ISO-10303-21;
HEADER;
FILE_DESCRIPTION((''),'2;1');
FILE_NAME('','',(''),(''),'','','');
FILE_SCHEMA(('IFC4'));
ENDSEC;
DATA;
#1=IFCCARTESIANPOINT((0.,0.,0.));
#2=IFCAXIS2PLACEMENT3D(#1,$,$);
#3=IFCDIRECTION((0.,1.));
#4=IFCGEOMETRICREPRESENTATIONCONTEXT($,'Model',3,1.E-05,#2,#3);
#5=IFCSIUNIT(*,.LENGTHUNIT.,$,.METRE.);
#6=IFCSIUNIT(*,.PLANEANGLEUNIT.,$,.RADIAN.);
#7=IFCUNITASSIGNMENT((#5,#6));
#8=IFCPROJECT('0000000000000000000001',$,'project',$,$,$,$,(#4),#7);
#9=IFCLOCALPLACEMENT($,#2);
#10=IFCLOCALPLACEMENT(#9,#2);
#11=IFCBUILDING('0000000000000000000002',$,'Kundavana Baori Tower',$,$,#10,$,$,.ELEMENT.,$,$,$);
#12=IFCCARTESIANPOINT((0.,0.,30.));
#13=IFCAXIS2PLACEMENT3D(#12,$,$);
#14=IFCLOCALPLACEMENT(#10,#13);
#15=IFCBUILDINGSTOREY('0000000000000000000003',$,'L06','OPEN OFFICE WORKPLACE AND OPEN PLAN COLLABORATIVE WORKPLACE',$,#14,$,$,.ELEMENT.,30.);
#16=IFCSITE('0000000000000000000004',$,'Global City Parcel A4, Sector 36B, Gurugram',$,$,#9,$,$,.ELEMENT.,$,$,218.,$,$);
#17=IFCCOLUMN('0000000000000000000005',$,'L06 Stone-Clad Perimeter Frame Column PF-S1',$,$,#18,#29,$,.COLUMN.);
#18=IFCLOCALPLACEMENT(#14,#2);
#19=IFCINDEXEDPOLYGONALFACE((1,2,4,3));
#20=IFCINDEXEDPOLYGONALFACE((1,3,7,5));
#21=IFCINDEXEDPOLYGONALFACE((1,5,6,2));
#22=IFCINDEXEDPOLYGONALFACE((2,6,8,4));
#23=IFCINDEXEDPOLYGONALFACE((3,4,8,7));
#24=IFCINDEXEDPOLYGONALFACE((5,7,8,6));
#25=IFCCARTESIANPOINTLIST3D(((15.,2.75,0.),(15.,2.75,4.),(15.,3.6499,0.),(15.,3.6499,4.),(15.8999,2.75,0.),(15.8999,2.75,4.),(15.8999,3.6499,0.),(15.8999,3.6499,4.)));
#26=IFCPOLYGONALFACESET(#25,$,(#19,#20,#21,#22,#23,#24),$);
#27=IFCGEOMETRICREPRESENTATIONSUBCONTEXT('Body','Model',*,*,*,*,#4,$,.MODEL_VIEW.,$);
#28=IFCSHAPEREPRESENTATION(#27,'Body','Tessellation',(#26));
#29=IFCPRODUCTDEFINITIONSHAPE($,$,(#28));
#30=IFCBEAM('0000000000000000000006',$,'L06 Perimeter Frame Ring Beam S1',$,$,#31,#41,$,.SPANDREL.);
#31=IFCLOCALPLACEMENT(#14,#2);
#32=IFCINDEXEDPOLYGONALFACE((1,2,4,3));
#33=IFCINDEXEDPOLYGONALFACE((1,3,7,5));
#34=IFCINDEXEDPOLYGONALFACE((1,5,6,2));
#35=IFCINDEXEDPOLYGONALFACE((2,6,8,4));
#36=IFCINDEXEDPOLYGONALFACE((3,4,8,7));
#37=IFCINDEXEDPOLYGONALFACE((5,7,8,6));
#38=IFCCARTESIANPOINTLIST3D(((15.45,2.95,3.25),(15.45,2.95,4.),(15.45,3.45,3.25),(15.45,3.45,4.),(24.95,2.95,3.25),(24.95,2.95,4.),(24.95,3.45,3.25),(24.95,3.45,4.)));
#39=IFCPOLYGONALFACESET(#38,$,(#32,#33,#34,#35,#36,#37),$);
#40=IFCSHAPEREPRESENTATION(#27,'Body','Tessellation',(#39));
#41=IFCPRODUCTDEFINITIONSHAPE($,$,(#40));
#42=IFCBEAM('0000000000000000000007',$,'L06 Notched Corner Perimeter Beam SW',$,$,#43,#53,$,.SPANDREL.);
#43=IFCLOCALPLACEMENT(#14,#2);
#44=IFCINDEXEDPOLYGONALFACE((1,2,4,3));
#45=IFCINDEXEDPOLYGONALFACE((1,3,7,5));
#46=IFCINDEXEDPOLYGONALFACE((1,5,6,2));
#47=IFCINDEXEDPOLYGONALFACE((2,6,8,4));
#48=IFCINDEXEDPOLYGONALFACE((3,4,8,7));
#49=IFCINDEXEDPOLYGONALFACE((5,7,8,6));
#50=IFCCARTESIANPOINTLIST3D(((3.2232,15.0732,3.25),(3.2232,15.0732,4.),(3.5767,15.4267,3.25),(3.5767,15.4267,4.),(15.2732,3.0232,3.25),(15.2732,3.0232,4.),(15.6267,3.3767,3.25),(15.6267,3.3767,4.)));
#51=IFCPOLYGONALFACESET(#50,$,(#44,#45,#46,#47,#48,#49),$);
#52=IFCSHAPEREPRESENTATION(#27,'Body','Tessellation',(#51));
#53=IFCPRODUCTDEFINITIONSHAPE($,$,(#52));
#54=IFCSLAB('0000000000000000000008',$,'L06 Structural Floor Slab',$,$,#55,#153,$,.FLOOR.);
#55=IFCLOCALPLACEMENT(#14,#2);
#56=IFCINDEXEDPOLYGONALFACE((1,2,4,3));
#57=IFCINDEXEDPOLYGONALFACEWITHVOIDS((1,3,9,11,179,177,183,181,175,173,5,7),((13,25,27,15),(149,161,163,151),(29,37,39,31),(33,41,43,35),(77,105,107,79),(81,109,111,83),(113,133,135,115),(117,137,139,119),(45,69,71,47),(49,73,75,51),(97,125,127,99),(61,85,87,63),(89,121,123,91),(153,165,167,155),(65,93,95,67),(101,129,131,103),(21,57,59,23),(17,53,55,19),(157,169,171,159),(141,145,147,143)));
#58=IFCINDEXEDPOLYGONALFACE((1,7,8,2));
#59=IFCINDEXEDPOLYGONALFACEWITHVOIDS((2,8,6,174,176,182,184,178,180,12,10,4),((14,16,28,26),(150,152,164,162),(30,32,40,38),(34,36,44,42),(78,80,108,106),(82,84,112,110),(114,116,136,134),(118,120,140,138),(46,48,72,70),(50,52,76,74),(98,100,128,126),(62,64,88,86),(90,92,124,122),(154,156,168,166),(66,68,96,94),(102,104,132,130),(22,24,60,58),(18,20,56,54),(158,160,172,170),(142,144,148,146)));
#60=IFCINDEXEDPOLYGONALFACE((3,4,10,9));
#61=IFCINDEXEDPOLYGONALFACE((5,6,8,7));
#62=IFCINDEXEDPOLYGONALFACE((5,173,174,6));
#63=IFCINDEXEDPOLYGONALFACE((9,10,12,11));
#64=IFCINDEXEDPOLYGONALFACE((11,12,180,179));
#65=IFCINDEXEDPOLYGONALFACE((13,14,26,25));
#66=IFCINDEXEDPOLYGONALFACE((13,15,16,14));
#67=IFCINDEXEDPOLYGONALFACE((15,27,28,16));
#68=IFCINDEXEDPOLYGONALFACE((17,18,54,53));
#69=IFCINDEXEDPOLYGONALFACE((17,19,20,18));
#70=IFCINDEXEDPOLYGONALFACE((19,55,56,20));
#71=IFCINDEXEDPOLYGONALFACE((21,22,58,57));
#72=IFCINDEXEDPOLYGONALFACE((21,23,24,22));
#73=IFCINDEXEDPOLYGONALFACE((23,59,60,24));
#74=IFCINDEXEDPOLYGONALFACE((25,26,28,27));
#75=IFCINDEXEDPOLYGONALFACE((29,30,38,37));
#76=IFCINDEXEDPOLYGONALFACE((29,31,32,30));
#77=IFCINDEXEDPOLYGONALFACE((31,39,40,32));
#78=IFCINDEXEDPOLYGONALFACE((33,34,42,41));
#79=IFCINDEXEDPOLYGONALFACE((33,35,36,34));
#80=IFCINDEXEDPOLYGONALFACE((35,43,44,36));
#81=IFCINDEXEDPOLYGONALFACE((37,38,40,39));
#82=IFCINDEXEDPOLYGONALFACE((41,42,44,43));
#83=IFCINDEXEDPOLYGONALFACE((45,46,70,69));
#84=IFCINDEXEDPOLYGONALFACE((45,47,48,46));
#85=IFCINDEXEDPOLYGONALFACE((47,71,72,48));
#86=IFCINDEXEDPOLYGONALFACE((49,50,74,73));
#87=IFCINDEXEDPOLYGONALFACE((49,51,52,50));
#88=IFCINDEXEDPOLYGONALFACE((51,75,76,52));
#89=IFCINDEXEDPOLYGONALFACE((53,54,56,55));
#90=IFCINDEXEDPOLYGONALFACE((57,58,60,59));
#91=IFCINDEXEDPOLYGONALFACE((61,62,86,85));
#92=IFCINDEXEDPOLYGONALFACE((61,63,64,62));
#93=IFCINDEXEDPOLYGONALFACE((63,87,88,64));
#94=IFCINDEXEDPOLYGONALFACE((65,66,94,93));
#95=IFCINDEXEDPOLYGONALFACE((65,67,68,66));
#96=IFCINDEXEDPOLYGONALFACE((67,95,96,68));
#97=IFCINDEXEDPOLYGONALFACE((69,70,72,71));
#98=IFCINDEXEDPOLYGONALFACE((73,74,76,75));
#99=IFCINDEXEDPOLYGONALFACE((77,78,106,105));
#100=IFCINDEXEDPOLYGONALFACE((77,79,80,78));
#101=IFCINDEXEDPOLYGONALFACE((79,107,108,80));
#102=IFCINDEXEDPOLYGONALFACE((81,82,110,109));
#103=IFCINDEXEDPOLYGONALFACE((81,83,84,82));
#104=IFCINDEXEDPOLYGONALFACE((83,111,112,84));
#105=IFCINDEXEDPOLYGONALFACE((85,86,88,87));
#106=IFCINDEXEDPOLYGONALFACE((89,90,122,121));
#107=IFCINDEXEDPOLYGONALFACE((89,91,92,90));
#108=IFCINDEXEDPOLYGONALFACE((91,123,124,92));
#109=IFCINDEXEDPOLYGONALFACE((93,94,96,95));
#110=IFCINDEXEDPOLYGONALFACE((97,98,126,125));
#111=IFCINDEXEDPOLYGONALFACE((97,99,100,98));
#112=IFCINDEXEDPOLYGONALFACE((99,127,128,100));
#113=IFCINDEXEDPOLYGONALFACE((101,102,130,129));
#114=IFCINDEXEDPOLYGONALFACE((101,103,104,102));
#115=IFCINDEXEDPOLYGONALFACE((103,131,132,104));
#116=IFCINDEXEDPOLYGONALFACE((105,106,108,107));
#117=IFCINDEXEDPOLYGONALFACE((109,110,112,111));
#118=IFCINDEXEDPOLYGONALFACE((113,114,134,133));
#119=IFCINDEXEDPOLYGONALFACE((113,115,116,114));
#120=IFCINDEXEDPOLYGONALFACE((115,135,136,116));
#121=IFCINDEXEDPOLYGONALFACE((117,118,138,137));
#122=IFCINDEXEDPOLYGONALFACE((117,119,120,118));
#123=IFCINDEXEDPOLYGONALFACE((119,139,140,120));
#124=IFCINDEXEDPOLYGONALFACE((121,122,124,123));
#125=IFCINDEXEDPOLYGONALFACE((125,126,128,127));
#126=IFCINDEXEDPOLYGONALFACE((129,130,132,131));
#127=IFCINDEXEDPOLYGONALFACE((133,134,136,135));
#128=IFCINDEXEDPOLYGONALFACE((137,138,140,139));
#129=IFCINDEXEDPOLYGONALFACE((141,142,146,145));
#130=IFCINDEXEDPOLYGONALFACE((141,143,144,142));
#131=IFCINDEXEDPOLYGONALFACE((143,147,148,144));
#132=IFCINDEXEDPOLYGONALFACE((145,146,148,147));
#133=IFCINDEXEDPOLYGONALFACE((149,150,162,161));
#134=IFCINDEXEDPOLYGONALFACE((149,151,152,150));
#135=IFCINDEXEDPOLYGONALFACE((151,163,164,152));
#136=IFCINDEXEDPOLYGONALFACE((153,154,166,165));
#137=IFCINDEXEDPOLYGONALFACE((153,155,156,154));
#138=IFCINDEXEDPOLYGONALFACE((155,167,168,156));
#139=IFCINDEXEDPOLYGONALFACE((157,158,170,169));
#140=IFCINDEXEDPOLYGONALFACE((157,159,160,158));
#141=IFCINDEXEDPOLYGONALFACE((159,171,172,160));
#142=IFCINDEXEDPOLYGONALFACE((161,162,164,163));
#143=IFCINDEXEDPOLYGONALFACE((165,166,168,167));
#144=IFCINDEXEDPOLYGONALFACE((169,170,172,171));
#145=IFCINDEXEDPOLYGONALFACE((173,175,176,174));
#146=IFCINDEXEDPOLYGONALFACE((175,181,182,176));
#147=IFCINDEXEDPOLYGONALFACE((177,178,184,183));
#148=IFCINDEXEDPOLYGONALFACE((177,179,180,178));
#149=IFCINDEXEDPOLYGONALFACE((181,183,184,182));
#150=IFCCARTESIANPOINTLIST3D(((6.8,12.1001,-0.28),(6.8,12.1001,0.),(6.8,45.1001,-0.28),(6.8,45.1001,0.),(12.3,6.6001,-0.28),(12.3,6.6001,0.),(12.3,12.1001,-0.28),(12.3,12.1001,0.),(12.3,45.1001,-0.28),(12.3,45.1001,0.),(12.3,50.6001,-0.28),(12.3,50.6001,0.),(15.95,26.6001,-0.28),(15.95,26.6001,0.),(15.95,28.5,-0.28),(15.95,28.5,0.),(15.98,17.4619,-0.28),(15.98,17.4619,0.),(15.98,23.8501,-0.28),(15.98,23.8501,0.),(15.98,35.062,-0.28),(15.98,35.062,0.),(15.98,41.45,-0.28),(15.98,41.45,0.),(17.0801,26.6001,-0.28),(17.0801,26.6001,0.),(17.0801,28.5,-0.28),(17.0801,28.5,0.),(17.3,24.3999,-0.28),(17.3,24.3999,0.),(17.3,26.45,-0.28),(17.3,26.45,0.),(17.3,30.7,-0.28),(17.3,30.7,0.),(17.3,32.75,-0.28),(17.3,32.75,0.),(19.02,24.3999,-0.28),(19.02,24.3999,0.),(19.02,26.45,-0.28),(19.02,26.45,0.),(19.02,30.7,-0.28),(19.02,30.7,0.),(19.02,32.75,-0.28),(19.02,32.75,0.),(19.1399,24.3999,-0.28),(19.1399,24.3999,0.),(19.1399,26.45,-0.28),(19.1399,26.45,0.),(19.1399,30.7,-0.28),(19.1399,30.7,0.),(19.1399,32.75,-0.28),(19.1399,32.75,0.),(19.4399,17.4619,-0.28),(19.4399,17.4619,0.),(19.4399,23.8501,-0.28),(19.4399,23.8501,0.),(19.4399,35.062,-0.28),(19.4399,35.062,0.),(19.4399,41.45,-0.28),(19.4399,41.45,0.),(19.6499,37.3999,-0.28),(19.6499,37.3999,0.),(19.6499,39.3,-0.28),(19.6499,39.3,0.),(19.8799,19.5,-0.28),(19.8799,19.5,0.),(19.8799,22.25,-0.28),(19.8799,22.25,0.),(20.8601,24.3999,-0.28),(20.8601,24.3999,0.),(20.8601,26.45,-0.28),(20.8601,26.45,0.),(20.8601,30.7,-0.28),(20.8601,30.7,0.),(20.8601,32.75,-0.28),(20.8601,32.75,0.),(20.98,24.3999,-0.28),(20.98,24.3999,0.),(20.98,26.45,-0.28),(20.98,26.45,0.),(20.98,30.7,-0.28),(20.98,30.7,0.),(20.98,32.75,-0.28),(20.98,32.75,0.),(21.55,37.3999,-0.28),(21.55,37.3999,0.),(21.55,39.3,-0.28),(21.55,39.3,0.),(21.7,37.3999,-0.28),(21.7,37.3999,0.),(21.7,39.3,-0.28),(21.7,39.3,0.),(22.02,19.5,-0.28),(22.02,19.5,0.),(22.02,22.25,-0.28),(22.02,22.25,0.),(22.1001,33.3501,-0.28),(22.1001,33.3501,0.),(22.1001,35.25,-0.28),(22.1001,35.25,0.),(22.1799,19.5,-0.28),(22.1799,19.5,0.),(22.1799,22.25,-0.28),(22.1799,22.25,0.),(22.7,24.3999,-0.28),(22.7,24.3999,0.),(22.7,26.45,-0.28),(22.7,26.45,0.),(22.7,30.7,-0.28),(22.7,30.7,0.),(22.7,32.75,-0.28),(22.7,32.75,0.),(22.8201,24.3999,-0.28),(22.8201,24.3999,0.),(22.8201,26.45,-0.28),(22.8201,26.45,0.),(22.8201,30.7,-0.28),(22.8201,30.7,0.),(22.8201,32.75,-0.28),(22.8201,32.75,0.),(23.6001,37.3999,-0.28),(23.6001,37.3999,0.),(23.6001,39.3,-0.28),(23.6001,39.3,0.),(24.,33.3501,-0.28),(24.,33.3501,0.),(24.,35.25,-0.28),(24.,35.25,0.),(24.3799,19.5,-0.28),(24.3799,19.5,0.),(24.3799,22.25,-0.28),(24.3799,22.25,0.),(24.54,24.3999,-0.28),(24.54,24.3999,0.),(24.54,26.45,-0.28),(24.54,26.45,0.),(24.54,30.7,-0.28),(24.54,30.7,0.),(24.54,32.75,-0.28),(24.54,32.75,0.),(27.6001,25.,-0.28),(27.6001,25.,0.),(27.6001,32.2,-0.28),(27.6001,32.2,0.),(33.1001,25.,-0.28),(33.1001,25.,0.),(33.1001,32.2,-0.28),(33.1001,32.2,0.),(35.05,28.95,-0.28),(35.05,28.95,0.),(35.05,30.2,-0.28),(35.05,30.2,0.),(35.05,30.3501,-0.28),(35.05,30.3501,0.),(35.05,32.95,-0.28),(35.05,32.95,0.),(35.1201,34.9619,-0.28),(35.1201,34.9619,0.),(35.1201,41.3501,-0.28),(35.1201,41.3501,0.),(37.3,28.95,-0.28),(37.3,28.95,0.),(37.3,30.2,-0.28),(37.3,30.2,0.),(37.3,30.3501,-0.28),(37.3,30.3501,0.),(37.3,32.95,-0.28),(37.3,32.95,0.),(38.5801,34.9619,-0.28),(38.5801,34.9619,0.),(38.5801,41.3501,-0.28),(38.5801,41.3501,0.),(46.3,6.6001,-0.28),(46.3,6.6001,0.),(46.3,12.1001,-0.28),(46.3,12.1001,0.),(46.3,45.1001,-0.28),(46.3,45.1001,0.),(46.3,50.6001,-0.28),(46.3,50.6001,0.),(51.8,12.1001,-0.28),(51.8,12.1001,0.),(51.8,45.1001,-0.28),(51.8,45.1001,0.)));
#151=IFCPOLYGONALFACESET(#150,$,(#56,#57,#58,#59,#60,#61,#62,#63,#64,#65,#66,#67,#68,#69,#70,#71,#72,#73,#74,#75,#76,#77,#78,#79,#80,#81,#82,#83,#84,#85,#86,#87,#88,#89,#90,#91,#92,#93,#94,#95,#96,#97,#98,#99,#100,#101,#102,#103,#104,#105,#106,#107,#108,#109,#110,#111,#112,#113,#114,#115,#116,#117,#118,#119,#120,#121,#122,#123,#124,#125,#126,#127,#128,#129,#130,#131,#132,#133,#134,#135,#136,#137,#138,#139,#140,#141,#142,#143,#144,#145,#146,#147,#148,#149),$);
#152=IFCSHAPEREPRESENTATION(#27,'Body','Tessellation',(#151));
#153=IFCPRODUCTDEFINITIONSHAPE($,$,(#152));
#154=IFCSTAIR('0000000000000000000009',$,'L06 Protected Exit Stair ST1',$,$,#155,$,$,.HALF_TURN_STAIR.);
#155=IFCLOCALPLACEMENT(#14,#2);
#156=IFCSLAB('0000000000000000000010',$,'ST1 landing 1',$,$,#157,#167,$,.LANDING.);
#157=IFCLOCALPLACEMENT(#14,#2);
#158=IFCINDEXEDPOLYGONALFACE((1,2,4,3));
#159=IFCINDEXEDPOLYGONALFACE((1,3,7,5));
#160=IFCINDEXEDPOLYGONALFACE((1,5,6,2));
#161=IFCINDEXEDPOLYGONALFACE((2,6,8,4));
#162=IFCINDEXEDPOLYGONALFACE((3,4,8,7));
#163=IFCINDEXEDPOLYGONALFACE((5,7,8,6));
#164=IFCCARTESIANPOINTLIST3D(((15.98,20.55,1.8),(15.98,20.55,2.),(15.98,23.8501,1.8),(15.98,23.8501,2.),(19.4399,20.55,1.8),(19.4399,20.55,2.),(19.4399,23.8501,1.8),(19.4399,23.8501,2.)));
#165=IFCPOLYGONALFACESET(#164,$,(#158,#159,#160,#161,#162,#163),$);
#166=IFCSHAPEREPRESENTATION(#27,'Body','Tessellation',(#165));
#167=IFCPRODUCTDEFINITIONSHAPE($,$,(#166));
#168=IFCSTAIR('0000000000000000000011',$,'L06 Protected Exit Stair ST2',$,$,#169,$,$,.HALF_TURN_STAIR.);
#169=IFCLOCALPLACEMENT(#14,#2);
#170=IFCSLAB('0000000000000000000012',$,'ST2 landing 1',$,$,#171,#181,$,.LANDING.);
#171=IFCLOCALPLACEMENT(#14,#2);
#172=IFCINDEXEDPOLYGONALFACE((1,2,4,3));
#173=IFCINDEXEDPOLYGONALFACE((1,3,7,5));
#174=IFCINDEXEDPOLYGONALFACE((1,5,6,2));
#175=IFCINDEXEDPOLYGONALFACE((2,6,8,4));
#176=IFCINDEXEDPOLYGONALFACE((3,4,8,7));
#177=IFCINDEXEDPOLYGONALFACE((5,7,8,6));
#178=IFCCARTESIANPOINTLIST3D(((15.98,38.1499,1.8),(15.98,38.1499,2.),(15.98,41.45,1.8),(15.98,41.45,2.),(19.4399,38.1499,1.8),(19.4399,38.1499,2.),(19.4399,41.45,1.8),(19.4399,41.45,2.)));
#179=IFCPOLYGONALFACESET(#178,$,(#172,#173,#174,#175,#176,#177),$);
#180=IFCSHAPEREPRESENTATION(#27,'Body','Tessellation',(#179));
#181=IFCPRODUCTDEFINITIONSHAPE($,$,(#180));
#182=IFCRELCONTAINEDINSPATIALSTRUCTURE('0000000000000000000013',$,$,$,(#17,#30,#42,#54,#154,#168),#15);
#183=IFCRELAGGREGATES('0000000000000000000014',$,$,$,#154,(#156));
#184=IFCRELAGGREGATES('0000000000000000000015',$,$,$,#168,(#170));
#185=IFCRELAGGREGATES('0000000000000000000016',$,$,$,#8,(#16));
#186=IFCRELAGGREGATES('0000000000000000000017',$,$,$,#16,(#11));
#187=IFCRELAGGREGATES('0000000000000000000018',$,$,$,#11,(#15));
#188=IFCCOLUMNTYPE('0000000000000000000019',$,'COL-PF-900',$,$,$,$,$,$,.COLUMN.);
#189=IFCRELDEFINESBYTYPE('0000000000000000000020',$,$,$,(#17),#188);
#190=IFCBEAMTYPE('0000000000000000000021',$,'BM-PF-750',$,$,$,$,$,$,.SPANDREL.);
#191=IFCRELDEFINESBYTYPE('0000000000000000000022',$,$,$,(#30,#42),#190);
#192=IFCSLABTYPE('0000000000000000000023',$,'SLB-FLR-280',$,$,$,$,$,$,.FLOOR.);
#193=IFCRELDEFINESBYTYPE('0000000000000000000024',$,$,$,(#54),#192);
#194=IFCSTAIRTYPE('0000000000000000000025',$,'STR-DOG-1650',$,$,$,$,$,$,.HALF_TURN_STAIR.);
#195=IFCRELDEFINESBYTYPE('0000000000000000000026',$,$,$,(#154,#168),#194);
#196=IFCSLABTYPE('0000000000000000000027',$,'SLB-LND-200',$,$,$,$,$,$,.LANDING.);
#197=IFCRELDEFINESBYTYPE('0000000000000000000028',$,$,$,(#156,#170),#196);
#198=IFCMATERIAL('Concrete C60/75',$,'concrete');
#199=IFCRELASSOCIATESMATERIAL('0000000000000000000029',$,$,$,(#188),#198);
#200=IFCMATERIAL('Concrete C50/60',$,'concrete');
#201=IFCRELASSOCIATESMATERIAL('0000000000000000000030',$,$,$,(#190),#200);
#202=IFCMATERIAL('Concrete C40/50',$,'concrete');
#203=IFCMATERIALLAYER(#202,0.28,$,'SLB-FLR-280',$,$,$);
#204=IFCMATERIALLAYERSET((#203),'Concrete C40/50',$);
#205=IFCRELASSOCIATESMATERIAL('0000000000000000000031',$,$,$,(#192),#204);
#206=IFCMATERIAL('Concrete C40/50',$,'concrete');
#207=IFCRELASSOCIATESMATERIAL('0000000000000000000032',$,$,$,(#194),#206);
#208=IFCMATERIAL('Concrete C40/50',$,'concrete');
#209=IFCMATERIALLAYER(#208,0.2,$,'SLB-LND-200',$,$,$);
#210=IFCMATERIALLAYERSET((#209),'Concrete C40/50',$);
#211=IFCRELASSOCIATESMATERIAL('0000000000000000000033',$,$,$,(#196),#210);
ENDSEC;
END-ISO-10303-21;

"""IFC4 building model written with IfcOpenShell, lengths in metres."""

from ifc_helpers import new_model, si_unit, direction, frame, origin, origin_2d, place, context, subcontext, project, spatial, polyline, rectangle, outline, extrude, material, layer, layer_set, material_profile, profile_set, type_object, element, aggregate, save


model = new_model("IFC4")

# Units and contexts
model_context = context("Model", 3, precision=1e-05, world=origin(), true_north=direction((0.0, 1.0)))
body_context = subcontext(model_context, "Body", "Model", "MODEL_VIEW")
ifc_project = project(units=[si_unit("LENGTHUNIT", "METRE"), si_unit("PLANEANGLEUNIT", "RADIAN")], contexts=[model_context])

# Site, building, storey
site_placement = place(None, origin())
site = spatial("IfcSite", under=ifc_project, at=site_placement, Name="Global City Parcel A4, Sector 36B, Gurugram", CompositionType="ELEMENT", RefElevation=218.0)
building_placement = place(site_placement, origin())
building = spatial("IfcBuilding", under=site, at=building_placement, Name="Kundavana Baori Tower", CompositionType="ELEMENT")
storey_placement = place(building_placement, frame((0.0, 0.0, 30.0)))
storey = spatial("IfcBuildingStorey", under=building, at=storey_placement, Name="L06", Description="OPEN OFFICE WORKPLACE AND OPEN PLAN COLLABORATIVE WORKPLACE", CompositionType="ELEMENT", Elevation=30.0)

# Column
ifc_material_1 = material(Name="Concrete C60/75", Category="concrete")
ifc_material_profile_1 = material_profile(ifc_material_1, rectangle(XDim=0.8999, YDim=0.8999, at=origin_2d()), Name="RC PF 900x900")
ifc_profile_set_1 = profile_set([ifc_material_profile_1], Name="Concrete C60/75")
column_type = type_object("IfcColumnType", Name="COL-PF-900", PredefinedType="COLUMN", material=ifc_profile_set_1)
column_placement = place(storey_placement, frame((15.45, 3.2, 0.0), z_axis=(0.0, 0.0, 1.0), x_axis=(1.0, 0.0, 0.0)))
element("IfcColumn", 1, at=column_placement, inside=storey, type_object=column_type, Name="L06 Stone-Clad Perimeter Frame Column PF-S1", PredefinedType="COLUMN", context=body_context, shape_type="SweptSolid", body=[
    extrude(rectangle(XDim=0.8999, YDim=0.8999, at=origin_2d()), origin(), (0.0, 0.0, 1.0), 4.0),
])

# Beams
ifc_material_2 = material(Name="Concrete C50/60", Category="concrete")
ifc_material_profile_2 = material_profile(ifc_material_2, rectangle(XDim=0.5, YDim=0.75, at=origin_2d()), Name="RC BM 500x750")
ifc_profile_set_2 = profile_set([ifc_material_profile_2], Name="Concrete C50/60")
beam_type = type_object("IfcBeamType", Name="BM-PF-750", PredefinedType="SPANDREL", material=ifc_profile_set_2)
beam_1_placement = place(storey_placement, frame((15.45, 3.2, 3.625), z_axis=(1.0, 0.0, 0.0), x_axis=(0.0, 1.0, 0.0)))
element("IfcBeam", 2, at=beam_1_placement, inside=storey, type_object=beam_type, Name="L06 Perimeter Frame Ring Beam S1", PredefinedType="SPANDREL", context=body_context, shape_type="SweptSolid", body=[
    extrude(rectangle(XDim=0.5, YDim=0.75, at=origin_2d()), origin(), (0.0, 0.0, 1.0), 9.5),
])
beam_2_placement = place(storey_placement, frame((15.45, 3.2, 3.625), z_axis=(-0.707107, 0.707107, 0.0), x_axis=(-0.707107, -0.707107, 0.0)))
element("IfcBeam", 3, at=beam_2_placement, inside=storey, type_object=beam_type, Name="L06 Notched Corner Perimeter Beam SW", PredefinedType="SPANDREL", context=body_context, shape_type="SweptSolid", body=[
    extrude(rectangle(XDim=0.5, YDim=0.75, at=origin_2d()), origin(), (0.0, 0.0, 1.0), 17.0413),
])

# Slab
ifc_material_3 = material(Name="Concrete C40/50", Category="concrete")
ifc_layer_1 = layer(ifc_material_3, 0.28, Name="SLB-FLR-280")
ifc_layer_set_1 = layer_set([ifc_layer_1], Name="Concrete C40/50")
slab_type_1 = type_object("IfcSlabType", Name="SLB-FLR-280", PredefinedType="FLOOR", material=ifc_layer_set_1)
slab_1_placement = place(storey_placement, frame((0.0, 0.0, -0.28)))
element("IfcSlab", 4, at=slab_1_placement, inside=storey, type_object=slab_type_1, Name="L06 Structural Floor Slab", PredefinedType="FLOOR", context=body_context, shape_type="SweptSolid", body=[
    extrude(outline(polyline([(12.3, 6.6001), (46.3, 6.6001), (46.3, 12.1001), (51.8, 12.1001), (51.8, 45.1001), (46.3, 45.1001), (46.3, 50.6001), (12.3, 50.6001), (12.3, 45.1001), (6.8, 45.1001), (6.8, 12.1001), (12.3, 12.1001), (12.3, 6.6001)]), holes=[polyline([(19.4399, 17.4619), (19.4399, 23.8501), (15.98, 23.8501), (15.98, 17.4619), (19.4399, 17.4619)]), polyline([(19.4399, 35.062), (19.4399, 41.45), (15.98, 41.45), (15.98, 35.062), (19.4399, 35.062)]), polyline([(38.5801, 34.9619), (38.5801, 41.3501), (35.1201, 41.3501), (35.1201, 34.9619), (38.5801, 34.9619)]), polyline([(17.3, 24.3999), (19.02, 24.3999), (19.02, 26.45), (17.3, 26.45), (17.3, 24.3999)]), polyline([(19.1399, 24.3999), (20.8601, 24.3999), (20.8601, 26.45), (19.1399, 26.45), (19.1399, 24.3999)]), polyline([(20.98, 24.3999), (22.7, 24.3999), (22.7, 26.45), (20.98, 26.45), (20.98, 24.3999)]), polyline([(22.8201, 24.3999), (24.54, 24.3999), (24.54, 26.45), (22.8201, 26.45), (22.8201, 24.3999)]), polyline([(17.3, 30.7), (19.02, 30.7), (19.02, 32.75), (17.3, 32.75), (17.3, 30.7)]), polyline([(19.1399, 30.7), (20.8601, 30.7), (20.8601, 32.75), (19.1399, 32.75), (19.1399, 30.7)]), polyline([(20.98, 30.7), (22.7, 30.7), (22.7, 32.75), (20.98, 32.75), (20.98, 30.7)]), polyline([(22.8201, 30.7), (24.54, 30.7), (24.54, 32.75), (22.8201, 32.75), (22.8201, 30.7)]), polyline([(19.6499, 37.3999), (21.55, 37.3999), (21.55, 39.3), (19.6499, 39.3), (19.6499, 37.3999)]), polyline([(21.7, 37.3999), (23.6001, 37.3999), (23.6001, 39.3), (21.7, 39.3), (21.7, 37.3999)]), polyline([(22.1001, 33.3501), (24.0, 33.3501), (24.0, 35.25), (22.1001, 35.25), (22.1001, 33.3501)]), polyline([(19.8799, 19.5), (22.02, 19.5), (22.02, 22.25), (19.8799, 22.25), (19.8799, 19.5)]), polyline([(22.1799, 19.5), (24.3799, 19.5), (24.3799, 22.25), (22.1799, 22.25), (22.1799, 19.5)]), polyline([(35.05, 30.3501), (37.3, 30.3501), (37.3, 32.95), (35.05, 32.95), (35.05, 30.3501)]), polyline([(15.95, 26.6001), (17.0801, 26.6001), (17.0801, 28.5), (15.95, 28.5), (15.95, 26.6001)]), polyline([(35.05, 28.95), (37.3, 28.95), (37.3, 30.2), (35.05, 30.2), (35.05, 28.95)]), polyline([(27.6001, 25.0), (33.1001, 25.0), (33.1001, 32.2), (27.6001, 32.2), (27.6001, 25.0)])]), origin(), (0.0, 0.0, 1.0), 0.28),
])

# Stairs, slabs
ifc_material_4 = material(Name="Concrete C40/50", Category="concrete")
stair_type = type_object("IfcStairType", Name="STR-DOG-1650", PredefinedType="HALF_TURN_STAIR", material=ifc_material_4)
stair_1_placement = place(storey_placement, origin())
stair_1 = element("IfcStair", 5, at=stair_1_placement, inside=storey, type_object=stair_type, Name="L06 Protected Exit Stair ST1", PredefinedType="HALF_TURN_STAIR")
ifc_material_5 = material(Name="Concrete C40/50", Category="concrete")
ifc_layer_2 = layer(ifc_material_5, 0.2, Name="SLB-LND-200")
ifc_layer_set_2 = layer_set([ifc_layer_2], Name="Concrete C40/50")
slab_type_2 = type_object("IfcSlabType", Name="SLB-LND-200", PredefinedType="LANDING", material=ifc_layer_set_2)
slab_2_placement = place(storey_placement, frame((0.0, 0.0, 1.8)))
slab_2 = element("IfcSlab", 6, at=slab_2_placement, type_object=slab_type_2, Name="ST1 landing 1", PredefinedType="LANDING", context=body_context, shape_type="SweptSolid", body=[
    extrude(outline(polyline([(19.4399, 20.55), (19.4399, 23.8501), (15.98, 23.8501), (15.98, 20.55), (19.4399, 20.55)])), origin(), (0.0, 0.0, 1.0), 0.2),
])
aggregate(stair_1, [slab_2])
stair_2_placement = place(storey_placement, origin())
stair_2 = element("IfcStair", 7, at=stair_2_placement, inside=storey, type_object=stair_type, Name="L06 Protected Exit Stair ST2", PredefinedType="HALF_TURN_STAIR")
slab_3_placement = place(storey_placement, frame((0.0, 0.0, 1.8)))
slab_3 = element("IfcSlab", 8, at=slab_3_placement, type_object=slab_type_2, Name="ST2 landing 1", PredefinedType="LANDING", context=body_context, shape_type="SweptSolid", body=[
    extrude(outline(polyline([(19.4399, 38.1499), (19.4399, 41.45), (15.98, 41.45), (15.98, 38.1499), (19.4399, 38.1499)])), origin(), (0.0, 0.0, 1.0), 0.2),
])
aggregate(stair_2, [slab_3])

save(model, "model.ifc")
